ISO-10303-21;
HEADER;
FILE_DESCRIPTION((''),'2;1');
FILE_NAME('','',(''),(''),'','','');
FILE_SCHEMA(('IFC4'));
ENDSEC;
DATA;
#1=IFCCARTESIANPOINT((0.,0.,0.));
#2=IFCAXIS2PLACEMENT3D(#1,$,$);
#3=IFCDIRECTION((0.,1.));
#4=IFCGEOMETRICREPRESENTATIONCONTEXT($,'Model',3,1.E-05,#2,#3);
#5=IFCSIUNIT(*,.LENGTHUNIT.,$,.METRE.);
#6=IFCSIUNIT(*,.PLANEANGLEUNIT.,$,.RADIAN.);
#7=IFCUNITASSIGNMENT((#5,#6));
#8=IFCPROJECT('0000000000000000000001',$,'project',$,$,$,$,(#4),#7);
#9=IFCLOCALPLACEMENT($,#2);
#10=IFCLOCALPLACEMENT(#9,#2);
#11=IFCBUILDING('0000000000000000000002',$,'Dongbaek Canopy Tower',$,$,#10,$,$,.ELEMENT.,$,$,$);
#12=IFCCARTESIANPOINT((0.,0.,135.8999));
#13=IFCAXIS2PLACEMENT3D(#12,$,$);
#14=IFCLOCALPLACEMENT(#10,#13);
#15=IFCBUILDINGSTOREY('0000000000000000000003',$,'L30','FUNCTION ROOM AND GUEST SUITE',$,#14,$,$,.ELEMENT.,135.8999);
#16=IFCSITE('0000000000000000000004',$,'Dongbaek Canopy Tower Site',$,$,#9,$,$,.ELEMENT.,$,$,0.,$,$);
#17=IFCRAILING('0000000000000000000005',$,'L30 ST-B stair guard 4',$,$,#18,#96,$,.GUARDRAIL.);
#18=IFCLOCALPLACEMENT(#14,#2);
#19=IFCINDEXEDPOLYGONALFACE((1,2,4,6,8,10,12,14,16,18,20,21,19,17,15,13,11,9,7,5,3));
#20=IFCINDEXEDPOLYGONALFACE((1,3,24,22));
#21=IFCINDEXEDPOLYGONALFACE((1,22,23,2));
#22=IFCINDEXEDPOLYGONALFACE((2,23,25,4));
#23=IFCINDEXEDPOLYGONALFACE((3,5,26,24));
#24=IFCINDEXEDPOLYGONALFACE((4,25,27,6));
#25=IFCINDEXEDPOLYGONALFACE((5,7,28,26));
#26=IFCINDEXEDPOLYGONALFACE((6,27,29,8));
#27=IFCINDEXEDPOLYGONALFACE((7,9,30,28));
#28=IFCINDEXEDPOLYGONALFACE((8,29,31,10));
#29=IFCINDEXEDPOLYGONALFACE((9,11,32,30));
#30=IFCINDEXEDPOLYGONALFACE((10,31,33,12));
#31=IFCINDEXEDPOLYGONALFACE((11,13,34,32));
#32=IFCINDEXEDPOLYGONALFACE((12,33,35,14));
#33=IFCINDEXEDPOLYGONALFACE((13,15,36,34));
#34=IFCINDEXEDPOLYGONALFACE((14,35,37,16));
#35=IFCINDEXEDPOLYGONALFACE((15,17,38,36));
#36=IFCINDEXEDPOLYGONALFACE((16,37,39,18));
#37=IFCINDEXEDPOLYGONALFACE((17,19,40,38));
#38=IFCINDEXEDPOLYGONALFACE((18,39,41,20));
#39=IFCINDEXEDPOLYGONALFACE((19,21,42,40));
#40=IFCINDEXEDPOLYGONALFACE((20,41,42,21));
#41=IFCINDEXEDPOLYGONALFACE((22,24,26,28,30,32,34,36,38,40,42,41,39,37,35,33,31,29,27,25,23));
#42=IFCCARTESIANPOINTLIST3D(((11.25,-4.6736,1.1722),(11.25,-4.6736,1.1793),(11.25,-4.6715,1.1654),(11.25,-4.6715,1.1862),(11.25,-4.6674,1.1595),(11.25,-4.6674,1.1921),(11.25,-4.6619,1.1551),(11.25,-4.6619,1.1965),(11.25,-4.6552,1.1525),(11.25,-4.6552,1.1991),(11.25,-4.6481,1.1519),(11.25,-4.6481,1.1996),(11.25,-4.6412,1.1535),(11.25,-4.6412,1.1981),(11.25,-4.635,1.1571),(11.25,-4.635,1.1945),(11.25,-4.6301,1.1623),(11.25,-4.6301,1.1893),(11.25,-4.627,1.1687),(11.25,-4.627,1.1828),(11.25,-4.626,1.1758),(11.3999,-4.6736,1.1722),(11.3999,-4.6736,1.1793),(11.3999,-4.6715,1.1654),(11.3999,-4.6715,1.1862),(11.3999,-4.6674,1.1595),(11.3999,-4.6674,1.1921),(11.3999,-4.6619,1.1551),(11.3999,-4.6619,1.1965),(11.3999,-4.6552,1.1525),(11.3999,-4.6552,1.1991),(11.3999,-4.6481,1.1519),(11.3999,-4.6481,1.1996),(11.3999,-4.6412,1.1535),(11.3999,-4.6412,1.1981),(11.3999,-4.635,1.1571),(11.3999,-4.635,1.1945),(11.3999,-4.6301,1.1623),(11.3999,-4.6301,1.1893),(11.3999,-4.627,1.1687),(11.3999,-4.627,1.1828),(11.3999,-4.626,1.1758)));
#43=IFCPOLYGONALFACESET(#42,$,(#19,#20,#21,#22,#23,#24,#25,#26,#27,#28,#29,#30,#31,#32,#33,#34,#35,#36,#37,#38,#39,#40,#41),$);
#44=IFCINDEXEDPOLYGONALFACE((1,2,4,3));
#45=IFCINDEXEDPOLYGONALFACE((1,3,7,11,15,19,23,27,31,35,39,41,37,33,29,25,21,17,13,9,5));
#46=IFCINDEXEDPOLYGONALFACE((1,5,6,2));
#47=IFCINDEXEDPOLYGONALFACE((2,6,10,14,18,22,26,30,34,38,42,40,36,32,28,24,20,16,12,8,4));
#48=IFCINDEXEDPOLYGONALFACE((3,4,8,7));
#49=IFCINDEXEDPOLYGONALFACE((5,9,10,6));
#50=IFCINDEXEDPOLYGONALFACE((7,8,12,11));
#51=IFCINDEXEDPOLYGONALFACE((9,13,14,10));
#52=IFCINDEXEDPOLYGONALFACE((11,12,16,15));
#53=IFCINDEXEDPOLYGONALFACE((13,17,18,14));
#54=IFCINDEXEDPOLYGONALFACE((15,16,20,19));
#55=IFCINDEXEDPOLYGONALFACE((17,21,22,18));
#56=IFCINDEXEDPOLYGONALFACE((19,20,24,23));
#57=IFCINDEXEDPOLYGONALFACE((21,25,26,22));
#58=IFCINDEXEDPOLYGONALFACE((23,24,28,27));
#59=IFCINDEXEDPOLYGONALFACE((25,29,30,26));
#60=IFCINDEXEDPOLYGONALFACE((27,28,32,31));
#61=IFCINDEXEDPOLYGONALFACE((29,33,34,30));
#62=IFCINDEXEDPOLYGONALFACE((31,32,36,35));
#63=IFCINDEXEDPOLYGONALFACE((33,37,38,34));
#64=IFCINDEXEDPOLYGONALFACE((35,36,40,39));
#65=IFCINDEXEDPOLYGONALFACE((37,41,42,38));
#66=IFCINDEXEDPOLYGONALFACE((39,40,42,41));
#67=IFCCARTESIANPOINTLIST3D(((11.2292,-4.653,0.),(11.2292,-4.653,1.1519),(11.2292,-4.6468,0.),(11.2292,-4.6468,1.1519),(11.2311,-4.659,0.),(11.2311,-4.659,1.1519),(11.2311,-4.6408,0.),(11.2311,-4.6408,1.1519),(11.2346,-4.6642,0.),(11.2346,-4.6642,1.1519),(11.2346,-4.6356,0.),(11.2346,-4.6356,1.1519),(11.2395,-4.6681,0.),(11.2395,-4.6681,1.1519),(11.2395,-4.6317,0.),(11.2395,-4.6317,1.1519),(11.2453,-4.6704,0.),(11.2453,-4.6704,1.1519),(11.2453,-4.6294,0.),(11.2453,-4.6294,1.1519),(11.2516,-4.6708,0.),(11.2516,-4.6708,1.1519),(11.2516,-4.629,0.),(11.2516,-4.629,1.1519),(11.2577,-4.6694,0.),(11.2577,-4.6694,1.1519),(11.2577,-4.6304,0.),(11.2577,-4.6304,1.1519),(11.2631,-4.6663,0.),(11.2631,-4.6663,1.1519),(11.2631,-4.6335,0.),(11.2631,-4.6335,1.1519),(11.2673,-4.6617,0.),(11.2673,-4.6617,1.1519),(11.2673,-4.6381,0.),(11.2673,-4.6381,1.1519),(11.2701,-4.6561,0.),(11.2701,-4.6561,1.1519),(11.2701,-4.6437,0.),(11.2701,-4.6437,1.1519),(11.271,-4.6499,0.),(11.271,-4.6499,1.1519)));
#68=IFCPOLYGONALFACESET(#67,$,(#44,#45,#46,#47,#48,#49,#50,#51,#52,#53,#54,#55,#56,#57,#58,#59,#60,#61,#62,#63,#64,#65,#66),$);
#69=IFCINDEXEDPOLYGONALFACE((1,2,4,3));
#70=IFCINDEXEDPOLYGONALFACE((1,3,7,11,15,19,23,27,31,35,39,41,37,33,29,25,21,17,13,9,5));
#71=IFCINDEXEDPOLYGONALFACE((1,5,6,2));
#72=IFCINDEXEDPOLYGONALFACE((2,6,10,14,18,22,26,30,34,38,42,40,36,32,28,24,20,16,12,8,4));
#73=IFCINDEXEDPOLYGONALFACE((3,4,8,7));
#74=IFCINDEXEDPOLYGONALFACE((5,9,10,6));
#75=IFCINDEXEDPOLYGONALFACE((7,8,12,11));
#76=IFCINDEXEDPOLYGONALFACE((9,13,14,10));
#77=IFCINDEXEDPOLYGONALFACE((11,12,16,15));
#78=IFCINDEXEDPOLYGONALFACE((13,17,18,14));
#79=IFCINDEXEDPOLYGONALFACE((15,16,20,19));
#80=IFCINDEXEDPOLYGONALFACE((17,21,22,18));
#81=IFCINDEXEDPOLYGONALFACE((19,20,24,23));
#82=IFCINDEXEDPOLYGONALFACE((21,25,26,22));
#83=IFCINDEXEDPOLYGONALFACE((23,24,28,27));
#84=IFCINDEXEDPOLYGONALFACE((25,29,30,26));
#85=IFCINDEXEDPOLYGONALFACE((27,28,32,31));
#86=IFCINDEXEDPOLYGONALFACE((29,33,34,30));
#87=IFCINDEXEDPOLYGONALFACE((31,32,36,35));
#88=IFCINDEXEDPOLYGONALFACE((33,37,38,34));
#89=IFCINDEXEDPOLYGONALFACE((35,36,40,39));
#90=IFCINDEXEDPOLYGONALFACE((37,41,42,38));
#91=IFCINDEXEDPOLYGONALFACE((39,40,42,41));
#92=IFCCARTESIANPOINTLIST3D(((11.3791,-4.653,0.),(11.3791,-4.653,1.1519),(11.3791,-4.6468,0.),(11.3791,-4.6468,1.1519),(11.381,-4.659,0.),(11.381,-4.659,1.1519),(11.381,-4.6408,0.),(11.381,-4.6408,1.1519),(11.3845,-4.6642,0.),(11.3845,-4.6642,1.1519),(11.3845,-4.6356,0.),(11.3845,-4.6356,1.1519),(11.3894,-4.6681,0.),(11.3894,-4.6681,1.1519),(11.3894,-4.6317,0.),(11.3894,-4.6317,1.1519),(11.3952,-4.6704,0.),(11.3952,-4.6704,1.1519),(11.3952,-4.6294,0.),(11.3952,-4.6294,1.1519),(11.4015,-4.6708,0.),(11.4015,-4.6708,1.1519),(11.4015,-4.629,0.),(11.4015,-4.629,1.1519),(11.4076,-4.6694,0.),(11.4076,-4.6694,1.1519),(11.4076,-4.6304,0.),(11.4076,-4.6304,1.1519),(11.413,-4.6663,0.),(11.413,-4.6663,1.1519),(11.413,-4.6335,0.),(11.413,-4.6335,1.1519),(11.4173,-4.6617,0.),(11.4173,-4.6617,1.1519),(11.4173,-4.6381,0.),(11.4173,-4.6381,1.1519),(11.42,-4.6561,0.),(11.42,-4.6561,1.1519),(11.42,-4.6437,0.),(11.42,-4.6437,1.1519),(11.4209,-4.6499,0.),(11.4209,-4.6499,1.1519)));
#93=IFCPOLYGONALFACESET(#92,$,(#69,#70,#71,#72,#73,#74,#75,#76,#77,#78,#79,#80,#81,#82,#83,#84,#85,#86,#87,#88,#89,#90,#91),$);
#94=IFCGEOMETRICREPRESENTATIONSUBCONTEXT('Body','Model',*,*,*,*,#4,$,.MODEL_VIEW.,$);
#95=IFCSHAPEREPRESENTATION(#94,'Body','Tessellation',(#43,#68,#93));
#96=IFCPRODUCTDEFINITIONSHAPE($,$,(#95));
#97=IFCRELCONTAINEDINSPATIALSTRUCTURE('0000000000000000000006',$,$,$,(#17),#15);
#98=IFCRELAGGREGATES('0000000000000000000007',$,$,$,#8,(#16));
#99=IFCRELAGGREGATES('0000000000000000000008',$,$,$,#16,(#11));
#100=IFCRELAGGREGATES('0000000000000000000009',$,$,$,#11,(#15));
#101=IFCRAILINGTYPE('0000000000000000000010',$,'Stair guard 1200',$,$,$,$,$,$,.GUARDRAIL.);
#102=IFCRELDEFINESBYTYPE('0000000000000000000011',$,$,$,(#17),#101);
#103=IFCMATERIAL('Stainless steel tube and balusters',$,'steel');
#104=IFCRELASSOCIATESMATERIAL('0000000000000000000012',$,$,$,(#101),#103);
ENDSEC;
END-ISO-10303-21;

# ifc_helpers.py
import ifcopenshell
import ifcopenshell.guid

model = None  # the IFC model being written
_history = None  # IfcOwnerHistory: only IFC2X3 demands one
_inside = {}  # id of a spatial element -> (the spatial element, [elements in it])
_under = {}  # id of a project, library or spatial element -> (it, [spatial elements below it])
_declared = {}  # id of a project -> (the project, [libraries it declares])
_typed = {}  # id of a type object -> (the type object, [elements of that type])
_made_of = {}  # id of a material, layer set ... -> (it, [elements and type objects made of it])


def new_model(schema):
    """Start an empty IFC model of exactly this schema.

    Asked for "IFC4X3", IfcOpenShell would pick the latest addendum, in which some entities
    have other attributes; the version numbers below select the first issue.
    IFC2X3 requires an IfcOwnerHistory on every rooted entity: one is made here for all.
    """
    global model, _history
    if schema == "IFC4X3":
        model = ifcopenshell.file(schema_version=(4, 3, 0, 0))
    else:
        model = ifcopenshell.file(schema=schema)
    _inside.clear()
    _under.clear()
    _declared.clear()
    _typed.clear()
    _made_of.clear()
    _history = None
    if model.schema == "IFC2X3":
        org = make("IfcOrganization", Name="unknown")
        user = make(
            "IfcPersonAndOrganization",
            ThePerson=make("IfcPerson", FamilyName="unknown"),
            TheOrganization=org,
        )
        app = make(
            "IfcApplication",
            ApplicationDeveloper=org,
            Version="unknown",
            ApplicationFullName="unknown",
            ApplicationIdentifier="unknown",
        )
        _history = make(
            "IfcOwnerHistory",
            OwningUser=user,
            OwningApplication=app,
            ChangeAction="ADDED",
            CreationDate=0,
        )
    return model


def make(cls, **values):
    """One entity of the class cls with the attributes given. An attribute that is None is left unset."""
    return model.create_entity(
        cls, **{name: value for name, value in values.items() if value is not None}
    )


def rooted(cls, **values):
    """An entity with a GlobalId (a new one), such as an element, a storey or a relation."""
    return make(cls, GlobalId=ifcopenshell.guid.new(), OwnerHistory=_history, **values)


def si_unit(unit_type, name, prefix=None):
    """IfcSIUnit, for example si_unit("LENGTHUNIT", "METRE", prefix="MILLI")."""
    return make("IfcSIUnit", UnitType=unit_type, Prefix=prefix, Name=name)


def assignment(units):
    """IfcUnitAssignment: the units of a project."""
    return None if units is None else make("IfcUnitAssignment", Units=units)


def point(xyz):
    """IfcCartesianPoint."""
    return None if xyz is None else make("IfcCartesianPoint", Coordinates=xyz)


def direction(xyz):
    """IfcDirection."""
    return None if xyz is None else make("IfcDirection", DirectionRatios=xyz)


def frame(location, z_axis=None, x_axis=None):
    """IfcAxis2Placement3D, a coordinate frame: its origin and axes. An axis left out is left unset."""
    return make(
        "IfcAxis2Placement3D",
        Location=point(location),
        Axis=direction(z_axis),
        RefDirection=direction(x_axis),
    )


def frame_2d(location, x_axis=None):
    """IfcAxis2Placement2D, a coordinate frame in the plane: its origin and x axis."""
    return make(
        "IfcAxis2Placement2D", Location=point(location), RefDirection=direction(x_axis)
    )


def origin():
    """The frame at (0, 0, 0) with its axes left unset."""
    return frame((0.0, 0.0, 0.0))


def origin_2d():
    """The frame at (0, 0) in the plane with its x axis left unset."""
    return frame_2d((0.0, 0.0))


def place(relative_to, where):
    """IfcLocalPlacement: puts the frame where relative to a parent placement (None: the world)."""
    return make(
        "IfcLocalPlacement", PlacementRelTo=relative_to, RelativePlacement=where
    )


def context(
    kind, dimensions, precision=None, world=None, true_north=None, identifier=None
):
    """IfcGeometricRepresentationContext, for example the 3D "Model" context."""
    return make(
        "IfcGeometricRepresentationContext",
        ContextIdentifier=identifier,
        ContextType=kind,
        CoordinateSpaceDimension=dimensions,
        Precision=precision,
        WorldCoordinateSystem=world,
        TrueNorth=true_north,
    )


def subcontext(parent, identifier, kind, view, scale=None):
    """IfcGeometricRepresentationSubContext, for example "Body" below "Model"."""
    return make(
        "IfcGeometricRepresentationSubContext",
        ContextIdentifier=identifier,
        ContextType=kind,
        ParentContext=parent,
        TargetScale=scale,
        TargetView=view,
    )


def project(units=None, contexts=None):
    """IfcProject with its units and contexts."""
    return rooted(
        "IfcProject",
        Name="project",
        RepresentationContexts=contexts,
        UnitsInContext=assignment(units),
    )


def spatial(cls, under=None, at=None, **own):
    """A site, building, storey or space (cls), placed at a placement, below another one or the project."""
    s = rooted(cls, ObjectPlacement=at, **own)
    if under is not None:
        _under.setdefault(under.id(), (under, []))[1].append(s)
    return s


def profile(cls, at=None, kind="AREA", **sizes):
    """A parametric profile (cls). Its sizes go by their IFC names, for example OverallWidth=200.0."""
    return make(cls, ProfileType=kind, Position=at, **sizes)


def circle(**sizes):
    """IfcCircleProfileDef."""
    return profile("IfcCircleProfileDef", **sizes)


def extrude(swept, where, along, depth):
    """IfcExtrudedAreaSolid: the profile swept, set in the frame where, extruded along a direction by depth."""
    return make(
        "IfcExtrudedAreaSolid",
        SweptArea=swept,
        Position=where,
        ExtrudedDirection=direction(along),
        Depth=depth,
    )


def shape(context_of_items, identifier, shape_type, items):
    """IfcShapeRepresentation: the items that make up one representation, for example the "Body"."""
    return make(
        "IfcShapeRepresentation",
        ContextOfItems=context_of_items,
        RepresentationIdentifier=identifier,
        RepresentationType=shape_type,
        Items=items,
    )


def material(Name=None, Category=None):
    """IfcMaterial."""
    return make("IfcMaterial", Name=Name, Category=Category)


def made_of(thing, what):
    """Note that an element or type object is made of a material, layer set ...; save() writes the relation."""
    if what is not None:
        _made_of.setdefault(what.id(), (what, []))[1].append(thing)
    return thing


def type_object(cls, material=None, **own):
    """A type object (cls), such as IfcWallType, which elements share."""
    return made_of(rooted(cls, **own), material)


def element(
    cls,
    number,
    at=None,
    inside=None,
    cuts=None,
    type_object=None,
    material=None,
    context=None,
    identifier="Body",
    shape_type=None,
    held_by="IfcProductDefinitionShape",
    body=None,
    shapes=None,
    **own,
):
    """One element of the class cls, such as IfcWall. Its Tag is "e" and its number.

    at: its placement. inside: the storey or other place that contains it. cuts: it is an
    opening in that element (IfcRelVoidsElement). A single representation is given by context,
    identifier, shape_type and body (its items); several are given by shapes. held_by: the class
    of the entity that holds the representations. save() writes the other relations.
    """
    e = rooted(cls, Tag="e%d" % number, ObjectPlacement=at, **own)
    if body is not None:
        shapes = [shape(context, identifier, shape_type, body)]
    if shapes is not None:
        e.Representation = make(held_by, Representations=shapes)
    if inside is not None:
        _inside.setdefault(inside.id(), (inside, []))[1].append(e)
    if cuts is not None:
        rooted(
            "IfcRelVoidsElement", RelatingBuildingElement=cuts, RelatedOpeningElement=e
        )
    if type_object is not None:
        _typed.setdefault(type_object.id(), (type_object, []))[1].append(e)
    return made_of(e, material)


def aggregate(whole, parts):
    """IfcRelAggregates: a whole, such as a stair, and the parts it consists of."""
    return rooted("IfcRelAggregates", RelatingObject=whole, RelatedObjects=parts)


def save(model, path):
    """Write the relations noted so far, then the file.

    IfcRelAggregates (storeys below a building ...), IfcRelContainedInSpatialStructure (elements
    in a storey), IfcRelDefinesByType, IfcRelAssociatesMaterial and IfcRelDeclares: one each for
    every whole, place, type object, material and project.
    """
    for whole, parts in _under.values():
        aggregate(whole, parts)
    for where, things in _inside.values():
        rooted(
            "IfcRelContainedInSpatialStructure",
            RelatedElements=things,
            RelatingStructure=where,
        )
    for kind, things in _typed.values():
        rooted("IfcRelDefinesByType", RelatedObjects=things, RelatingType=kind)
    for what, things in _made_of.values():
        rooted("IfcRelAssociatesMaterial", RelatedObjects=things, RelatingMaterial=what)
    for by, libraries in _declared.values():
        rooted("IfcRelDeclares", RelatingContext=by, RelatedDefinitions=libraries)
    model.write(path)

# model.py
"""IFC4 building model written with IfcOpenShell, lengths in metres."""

from ifc_helpers import new_model, si_unit, direction, frame, origin, origin_2d, place, context, subcontext, project, spatial, circle, extrude, material, type_object, element, save


model = new_model("IFC4")

# Units and contexts
model_context = context("Model", 3, precision=1e-05, world=origin(), true_north=direction((0.0, 1.0)))
body_context = subcontext(model_context, "Body", "Model", "MODEL_VIEW")
ifc_project = project(units=[si_unit("LENGTHUNIT", "METRE"), si_unit("PLANEANGLEUNIT", "RADIAN")], contexts=[model_context])

# Site, building, storey
site_placement = place(None, origin())
site = spatial("IfcSite", under=ifc_project, at=site_placement, Name="Dongbaek Canopy Tower Site", CompositionType="ELEMENT", RefElevation=0.0)
building_placement = place(site_placement, origin())
building = spatial("IfcBuilding", under=site, at=building_placement, Name="Dongbaek Canopy Tower", CompositionType="ELEMENT")
storey_placement = place(building_placement, frame((0.0, 0.0, 135.8999)))
storey = spatial("IfcBuildingStorey", under=building, at=storey_placement, Name="L30", Description="FUNCTION ROOM AND GUEST SUITE", CompositionType="ELEMENT", Elevation=135.8999)

# Railing
ifc_material_1 = material(Name="Stainless steel tube and balusters", Category="steel")
railing_type_1 = type_object("IfcRailingType", Name="Stair guard 1200", PredefinedType="GUARDRAIL", material=ifc_material_1)
railing_1_placement = place(storey_placement, frame((11.25, -4.6499, 0.0)))
element("IfcRailing", 1, at=railing_1_placement, inside=storey, type_object=railing_type_1, Name="L30 ST-B stair guard 4", PredefinedType="GUARDRAIL", context=body_context, shape_type="SweptSolid", body=[
    extrude(circle(Radius=0.0239, at=origin_2d()), frame((0.0, 0.0, 1.1758), z_axis=(1.0, 0.0, 0.0), x_axis=(0.0, 1.0, 0.0)), (0.0, 0.0, 1.0), 0.1499),
    extrude(circle(Radius=0.021, at=origin_2d()), origin(), (0.0, 0.0, 1.0), 1.1519),
    extrude(circle(Radius=0.021, at=origin_2d()), frame((0.1499, 0.0, 0.0)), (0.0, 0.0, 1.0), 1.1519),
])

save(model, "model.ifc")
